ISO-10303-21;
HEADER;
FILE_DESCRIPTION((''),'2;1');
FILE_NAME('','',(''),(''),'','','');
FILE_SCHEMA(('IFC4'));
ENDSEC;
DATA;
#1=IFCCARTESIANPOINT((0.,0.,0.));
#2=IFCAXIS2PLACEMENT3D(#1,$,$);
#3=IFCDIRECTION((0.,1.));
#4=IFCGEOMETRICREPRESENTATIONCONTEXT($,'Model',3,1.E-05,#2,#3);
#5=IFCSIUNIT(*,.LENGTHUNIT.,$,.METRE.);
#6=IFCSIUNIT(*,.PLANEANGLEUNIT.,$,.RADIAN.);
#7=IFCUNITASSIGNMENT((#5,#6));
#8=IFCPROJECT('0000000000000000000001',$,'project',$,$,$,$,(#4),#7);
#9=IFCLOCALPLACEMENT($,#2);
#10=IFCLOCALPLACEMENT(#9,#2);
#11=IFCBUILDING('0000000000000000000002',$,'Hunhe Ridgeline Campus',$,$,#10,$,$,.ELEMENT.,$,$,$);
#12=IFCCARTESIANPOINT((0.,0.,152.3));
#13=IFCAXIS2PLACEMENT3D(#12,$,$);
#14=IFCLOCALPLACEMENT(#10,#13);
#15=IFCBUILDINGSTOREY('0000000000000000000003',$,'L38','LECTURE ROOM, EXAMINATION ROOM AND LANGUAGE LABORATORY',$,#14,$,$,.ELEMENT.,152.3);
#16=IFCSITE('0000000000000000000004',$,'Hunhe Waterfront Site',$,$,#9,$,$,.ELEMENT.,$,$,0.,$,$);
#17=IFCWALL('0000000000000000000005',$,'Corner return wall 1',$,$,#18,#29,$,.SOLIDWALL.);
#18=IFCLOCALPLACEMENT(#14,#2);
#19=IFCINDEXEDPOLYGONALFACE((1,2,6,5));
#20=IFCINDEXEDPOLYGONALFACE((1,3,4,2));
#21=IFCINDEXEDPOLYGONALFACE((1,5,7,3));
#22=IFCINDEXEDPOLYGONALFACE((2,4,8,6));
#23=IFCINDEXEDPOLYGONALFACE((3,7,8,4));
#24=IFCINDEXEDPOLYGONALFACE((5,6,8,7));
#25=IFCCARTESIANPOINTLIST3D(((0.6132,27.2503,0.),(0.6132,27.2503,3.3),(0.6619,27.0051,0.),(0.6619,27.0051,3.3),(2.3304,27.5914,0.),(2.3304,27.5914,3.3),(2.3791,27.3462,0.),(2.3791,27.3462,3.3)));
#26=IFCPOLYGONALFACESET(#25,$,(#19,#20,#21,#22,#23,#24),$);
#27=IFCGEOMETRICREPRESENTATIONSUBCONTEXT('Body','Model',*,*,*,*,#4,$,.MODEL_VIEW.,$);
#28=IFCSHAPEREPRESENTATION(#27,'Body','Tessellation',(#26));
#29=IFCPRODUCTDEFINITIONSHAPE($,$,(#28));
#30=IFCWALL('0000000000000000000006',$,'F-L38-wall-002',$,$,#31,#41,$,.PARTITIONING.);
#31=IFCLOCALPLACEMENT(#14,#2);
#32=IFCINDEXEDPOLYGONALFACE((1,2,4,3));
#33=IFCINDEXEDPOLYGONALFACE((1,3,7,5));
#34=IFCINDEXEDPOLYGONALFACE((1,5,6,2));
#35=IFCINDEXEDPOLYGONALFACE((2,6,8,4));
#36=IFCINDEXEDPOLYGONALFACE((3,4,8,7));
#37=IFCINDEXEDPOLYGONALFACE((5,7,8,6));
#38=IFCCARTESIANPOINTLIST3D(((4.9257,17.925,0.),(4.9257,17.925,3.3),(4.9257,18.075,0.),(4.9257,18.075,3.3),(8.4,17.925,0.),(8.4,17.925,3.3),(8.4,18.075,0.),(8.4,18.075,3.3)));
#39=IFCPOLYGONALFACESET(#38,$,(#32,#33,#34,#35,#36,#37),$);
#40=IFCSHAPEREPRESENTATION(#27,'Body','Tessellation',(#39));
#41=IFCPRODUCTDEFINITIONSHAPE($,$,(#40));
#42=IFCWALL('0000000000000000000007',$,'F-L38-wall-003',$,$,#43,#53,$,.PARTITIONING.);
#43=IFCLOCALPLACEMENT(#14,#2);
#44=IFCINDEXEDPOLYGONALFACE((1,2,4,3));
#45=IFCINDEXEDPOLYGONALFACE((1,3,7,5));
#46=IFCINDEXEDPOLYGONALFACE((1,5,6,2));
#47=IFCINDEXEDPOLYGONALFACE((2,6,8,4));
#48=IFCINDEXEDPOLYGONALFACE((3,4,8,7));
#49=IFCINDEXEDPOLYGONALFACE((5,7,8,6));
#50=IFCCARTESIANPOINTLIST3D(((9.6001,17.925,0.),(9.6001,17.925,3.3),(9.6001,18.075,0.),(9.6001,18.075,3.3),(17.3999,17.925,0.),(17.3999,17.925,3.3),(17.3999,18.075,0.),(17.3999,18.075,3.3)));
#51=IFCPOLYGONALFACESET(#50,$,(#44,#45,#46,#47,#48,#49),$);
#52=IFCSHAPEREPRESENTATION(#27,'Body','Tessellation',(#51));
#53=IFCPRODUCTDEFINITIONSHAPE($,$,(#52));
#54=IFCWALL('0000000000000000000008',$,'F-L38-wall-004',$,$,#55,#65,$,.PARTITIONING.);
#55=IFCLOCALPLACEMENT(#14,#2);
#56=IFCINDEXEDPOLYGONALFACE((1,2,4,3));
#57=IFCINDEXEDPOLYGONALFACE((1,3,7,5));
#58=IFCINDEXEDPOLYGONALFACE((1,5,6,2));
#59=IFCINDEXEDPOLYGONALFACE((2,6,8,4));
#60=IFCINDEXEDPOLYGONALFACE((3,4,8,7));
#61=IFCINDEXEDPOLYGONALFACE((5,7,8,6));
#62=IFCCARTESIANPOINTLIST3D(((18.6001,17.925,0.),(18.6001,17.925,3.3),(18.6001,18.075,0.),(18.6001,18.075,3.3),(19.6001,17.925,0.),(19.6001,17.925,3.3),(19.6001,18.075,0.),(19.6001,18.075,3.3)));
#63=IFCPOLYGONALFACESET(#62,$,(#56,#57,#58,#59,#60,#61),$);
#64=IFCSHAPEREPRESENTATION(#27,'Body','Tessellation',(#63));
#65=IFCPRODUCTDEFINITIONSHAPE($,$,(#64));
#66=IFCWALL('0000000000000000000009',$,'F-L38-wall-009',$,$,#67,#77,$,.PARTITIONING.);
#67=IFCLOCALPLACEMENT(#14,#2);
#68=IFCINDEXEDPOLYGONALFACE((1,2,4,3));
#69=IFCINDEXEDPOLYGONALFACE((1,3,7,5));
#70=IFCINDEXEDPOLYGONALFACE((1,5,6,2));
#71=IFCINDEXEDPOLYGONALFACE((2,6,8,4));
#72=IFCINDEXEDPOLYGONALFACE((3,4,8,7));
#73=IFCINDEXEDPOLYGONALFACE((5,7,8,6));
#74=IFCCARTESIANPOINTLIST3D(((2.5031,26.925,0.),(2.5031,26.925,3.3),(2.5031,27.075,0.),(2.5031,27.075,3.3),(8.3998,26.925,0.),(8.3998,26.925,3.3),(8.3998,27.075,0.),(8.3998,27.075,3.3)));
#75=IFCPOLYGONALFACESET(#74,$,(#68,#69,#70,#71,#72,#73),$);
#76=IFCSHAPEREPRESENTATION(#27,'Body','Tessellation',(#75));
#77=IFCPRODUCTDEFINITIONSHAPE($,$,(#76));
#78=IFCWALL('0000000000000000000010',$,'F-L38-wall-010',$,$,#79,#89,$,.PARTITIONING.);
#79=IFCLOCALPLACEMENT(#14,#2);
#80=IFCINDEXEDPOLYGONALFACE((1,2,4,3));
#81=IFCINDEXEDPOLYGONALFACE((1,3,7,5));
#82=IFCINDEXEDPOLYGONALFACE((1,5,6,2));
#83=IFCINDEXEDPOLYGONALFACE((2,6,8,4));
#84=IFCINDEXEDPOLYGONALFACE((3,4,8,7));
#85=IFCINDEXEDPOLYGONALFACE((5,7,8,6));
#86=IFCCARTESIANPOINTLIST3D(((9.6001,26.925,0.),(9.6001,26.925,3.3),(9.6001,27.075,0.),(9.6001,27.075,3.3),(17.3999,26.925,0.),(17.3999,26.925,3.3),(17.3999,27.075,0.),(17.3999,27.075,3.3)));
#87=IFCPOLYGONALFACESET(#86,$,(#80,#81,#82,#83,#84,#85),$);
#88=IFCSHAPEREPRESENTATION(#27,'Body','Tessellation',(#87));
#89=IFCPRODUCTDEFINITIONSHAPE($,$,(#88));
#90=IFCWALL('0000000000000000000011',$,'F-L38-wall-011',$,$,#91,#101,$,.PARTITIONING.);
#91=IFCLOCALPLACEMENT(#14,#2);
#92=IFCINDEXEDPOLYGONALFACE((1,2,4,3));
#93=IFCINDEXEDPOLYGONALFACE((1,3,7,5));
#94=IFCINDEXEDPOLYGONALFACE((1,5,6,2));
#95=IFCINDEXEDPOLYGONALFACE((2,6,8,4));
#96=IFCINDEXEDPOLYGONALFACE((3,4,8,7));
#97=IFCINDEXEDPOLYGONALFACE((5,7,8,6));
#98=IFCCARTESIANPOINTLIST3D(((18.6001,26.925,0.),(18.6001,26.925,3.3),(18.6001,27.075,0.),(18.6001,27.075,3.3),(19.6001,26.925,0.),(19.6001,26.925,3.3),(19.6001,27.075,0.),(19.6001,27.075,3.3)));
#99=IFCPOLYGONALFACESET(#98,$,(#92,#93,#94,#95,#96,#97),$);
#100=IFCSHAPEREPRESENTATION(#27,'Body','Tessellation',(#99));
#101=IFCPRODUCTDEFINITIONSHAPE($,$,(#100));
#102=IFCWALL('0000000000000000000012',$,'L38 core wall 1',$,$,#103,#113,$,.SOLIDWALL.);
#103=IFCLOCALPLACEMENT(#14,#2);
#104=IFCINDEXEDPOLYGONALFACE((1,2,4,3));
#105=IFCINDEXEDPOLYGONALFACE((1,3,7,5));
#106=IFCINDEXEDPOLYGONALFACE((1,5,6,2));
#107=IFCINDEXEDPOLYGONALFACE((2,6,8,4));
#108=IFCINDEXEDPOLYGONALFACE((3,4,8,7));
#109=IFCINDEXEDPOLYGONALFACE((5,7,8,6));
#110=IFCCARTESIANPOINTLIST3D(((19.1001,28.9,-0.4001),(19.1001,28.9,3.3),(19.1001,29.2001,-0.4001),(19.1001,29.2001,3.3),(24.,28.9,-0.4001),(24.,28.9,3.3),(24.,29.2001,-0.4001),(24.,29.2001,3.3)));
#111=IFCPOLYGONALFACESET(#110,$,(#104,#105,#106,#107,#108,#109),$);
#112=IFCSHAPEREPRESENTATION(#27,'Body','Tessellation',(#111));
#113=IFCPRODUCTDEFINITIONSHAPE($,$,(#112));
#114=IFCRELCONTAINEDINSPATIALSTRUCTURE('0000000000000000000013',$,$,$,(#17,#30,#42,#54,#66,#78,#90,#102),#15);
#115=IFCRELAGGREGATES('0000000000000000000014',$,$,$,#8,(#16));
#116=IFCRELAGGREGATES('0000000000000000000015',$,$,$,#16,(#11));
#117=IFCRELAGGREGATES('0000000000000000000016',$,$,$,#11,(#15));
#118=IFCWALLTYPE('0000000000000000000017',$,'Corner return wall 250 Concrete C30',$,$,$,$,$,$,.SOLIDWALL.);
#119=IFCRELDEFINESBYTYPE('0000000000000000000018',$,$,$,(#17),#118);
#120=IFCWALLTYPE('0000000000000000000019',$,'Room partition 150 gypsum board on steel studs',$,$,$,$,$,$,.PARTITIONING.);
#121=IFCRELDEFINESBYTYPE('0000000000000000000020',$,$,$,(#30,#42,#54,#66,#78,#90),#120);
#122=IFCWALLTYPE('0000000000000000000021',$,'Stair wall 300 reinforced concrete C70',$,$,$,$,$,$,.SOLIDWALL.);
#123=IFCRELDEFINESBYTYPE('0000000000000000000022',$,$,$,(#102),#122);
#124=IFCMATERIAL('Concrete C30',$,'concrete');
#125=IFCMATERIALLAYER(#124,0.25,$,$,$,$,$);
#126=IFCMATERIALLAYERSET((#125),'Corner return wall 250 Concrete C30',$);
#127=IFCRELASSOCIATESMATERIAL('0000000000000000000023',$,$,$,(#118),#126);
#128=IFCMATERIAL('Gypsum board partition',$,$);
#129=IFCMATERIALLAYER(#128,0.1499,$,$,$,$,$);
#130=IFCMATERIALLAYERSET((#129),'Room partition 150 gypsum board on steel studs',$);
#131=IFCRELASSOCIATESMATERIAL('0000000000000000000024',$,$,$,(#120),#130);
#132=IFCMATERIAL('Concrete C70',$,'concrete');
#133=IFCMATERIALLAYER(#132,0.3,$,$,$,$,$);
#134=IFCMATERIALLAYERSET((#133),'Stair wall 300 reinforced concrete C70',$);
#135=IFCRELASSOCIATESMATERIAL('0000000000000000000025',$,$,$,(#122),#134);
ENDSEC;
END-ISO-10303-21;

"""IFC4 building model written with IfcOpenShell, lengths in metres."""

from ifc_helpers import new_model, si_unit, direction, frame, frame_2d, origin, place, context, subcontext, project, spatial, rectangle, extrude, material, layer, layer_set, type_object, element, save


model = new_model("IFC4")

# Units and contexts
model_context = context("Model", 3, precision=1e-05, world=origin(), true_north=direction((0.0, 1.0)))
body_context = subcontext(model_context, "Body", "Model", "MODEL_VIEW")
ifc_project = project(units=[si_unit("LENGTHUNIT", "METRE"), si_unit("PLANEANGLEUNIT", "RADIAN")], contexts=[model_context])

# Site, building, storey
site_placement = place(None, origin())
site = spatial("IfcSite", under=ifc_project, at=site_placement, Name="Hunhe Waterfront Site", CompositionType="ELEMENT", RefElevation=0.0)
building_placement = place(site_placement, origin())
building = spatial("IfcBuilding", under=site, at=building_placement, Name="Hunhe Ridgeline Campus", CompositionType="ELEMENT")
storey_placement = place(building_placement, frame((0.0, 0.0, 152.3)))
storey = spatial("IfcBuildingStorey", under=building, at=storey_placement, Name="L38", Description="LECTURE ROOM, EXAMINATION ROOM AND LANGUAGE LABORATORY", CompositionType="ELEMENT", Elevation=152.3)

# Shared definitions
ifc_material_1 = material(Name="Concrete C70", Category="concrete")

# Walls
ifc_material_2 = material(Name="Concrete C30", Category="concrete")
ifc_layer_1 = layer(ifc_material_2, 0.25)
ifc_layer_set_1 = layer_set([ifc_layer_1], Name="Corner return wall 250 Concrete C30")
wall_type_1 = type_object("IfcWallType", Name="Corner return wall 250 Concrete C30", PredefinedType="SOLIDWALL", material=ifc_layer_set_1)
wall_1_placement = place(storey_placement, frame((0.6375, 27.1277, 0.0), z_axis=(0.0, 0.0, 1.0), x_axis=(0.980843, 0.194802, 0.0)))
element("IfcWall", 1, at=wall_1_placement, inside=storey, type_object=wall_type_1, Name="Corner return wall 1", PredefinedType="SOLIDWALL", context=body_context, shape_type="SweptSolid", body=[
    extrude(rectangle(XDim=1.7507, YDim=0.25, at=frame_2d((0.8755, 0.0))), origin(), (0.0, 0.0, 1.0), 3.3),
])
ifc_material_3 = material(Name="Gypsum board partition")
ifc_layer_2 = layer(ifc_material_3, 0.1499)
ifc_layer_set_2 = layer_set([ifc_layer_2], Name="Room partition 150 gypsum board on steel studs")
wall_type_2 = type_object("IfcWallType", Name="Room partition 150 gypsum board on steel studs", PredefinedType="PARTITIONING", material=ifc_layer_set_2)
wall_2_placement = place(storey_placement, frame((4.9255, 18.0, 0.0), z_axis=(0.0, 0.0, 1.0), x_axis=(1.0, 0.0, 0.0)))
element("IfcWall", 2, at=wall_2_placement, inside=storey, type_object=wall_type_2, Name="F-L38-wall-002", PredefinedType="PARTITIONING", context=body_context, shape_type="SweptSolid", body=[
    extrude(rectangle(XDim=3.4744, YDim=0.1499, at=frame_2d((1.7373, 0.0))), origin(), (0.0, 0.0, 1.0), 3.3),
])
wall_3_placement = place(storey_placement, frame((9.6001, 18.0, 0.0), z_axis=(0.0, 0.0, 1.0), x_axis=(1.0, 0.0, 0.0)))
element("IfcWall", 3, at=wall_3_placement, inside=storey, type_object=wall_type_2, Name="F-L38-wall-003", PredefinedType="PARTITIONING", context=body_context, shape_type="SweptSolid", body=[
    extrude(rectangle(XDim=7.7998, YDim=0.1499, at=frame_2d((3.8999, 0.0))), origin(), (0.0, 0.0, 1.0), 3.3),
])
wall_4_placement = place(storey_placement, frame((18.6001, 18.0, 0.0), z_axis=(0.0, 0.0, 1.0), x_axis=(1.0, 0.0, 0.0)))
element("IfcWall", 4, at=wall_4_placement, inside=storey, type_object=wall_type_2, Name="F-L38-wall-004", PredefinedType="PARTITIONING", context=body_context, shape_type="SweptSolid", body=[
    extrude(rectangle(XDim=1.0, YDim=0.1499, at=frame_2d((0.5, 0.0))), origin(), (0.0, 0.0, 1.0), 3.3),
])
wall_5_placement = place(storey_placement, frame((2.5032, 27.0, 0.0), z_axis=(0.0, 0.0, 1.0), x_axis=(1.0, 0.0, 0.0)))
element("IfcWall", 5, at=wall_5_placement, inside=storey, type_object=wall_type_2, Name="F-L38-wall-009", PredefinedType="PARTITIONING", context=body_context, shape_type="SweptSolid", body=[
    extrude(rectangle(XDim=5.8967, YDim=0.1499, at=frame_2d((2.9482, 0.0))), origin(), (0.0, 0.0, 1.0), 3.3),
])
wall_6_placement = place(storey_placement, frame((9.6001, 27.0, 0.0), z_axis=(0.0, 0.0, 1.0), x_axis=(1.0, 0.0, 0.0)))
element("IfcWall", 6, at=wall_6_placement, inside=storey, type_object=wall_type_2, Name="F-L38-wall-010", PredefinedType="PARTITIONING", context=body_context, shape_type="SweptSolid", body=[
    extrude(rectangle(XDim=7.7998, YDim=0.1499, at=frame_2d((3.8999, 0.0))), origin(), (0.0, 0.0, 1.0), 3.3),
])
wall_7_placement = place(storey_placement, frame((18.6001, 27.0, 0.0), z_axis=(0.0, 0.0, 1.0), x_axis=(1.0, 0.0, 0.0)))
element("IfcWall", 7, at=wall_7_placement, inside=storey, type_object=wall_type_2, Name="F-L38-wall-011", PredefinedType="PARTITIONING", context=body_context, shape_type="SweptSolid", body=[
    extrude(rectangle(XDim=1.0, YDim=0.1499, at=frame_2d((0.5, 0.0))), origin(), (0.0, 0.0, 1.0), 3.3),
])
ifc_layer_3 = layer(ifc_material_1, 0.3)
ifc_layer_set_3 = layer_set([ifc_layer_3], Name="Stair wall 300 reinforced concrete C70")
wall_type_3 = type_object("IfcWallType", Name="Stair wall 300 reinforced concrete C70", PredefinedType="SOLIDWALL", material=ifc_layer_set_3)
wall_8_placement = place(storey_placement, frame((19.1001, 29.05, -0.4001), z_axis=(0.0, 0.0, 1.0), x_axis=(1.0, 0.0, 0.0)))
element("IfcWall", 8, at=wall_8_placement, inside=storey, type_object=wall_type_3, Name="L38 core wall 1", PredefinedType="SOLIDWALL", context=body_context, shape_type="SweptSolid", body=[
    extrude(rectangle(XDim=4.8999, YDim=0.3, at=frame_2d((2.45, 0.0))), origin(), (0.0, 0.0, 1.0), 3.7002),
])

save(model, "model.ifc")
